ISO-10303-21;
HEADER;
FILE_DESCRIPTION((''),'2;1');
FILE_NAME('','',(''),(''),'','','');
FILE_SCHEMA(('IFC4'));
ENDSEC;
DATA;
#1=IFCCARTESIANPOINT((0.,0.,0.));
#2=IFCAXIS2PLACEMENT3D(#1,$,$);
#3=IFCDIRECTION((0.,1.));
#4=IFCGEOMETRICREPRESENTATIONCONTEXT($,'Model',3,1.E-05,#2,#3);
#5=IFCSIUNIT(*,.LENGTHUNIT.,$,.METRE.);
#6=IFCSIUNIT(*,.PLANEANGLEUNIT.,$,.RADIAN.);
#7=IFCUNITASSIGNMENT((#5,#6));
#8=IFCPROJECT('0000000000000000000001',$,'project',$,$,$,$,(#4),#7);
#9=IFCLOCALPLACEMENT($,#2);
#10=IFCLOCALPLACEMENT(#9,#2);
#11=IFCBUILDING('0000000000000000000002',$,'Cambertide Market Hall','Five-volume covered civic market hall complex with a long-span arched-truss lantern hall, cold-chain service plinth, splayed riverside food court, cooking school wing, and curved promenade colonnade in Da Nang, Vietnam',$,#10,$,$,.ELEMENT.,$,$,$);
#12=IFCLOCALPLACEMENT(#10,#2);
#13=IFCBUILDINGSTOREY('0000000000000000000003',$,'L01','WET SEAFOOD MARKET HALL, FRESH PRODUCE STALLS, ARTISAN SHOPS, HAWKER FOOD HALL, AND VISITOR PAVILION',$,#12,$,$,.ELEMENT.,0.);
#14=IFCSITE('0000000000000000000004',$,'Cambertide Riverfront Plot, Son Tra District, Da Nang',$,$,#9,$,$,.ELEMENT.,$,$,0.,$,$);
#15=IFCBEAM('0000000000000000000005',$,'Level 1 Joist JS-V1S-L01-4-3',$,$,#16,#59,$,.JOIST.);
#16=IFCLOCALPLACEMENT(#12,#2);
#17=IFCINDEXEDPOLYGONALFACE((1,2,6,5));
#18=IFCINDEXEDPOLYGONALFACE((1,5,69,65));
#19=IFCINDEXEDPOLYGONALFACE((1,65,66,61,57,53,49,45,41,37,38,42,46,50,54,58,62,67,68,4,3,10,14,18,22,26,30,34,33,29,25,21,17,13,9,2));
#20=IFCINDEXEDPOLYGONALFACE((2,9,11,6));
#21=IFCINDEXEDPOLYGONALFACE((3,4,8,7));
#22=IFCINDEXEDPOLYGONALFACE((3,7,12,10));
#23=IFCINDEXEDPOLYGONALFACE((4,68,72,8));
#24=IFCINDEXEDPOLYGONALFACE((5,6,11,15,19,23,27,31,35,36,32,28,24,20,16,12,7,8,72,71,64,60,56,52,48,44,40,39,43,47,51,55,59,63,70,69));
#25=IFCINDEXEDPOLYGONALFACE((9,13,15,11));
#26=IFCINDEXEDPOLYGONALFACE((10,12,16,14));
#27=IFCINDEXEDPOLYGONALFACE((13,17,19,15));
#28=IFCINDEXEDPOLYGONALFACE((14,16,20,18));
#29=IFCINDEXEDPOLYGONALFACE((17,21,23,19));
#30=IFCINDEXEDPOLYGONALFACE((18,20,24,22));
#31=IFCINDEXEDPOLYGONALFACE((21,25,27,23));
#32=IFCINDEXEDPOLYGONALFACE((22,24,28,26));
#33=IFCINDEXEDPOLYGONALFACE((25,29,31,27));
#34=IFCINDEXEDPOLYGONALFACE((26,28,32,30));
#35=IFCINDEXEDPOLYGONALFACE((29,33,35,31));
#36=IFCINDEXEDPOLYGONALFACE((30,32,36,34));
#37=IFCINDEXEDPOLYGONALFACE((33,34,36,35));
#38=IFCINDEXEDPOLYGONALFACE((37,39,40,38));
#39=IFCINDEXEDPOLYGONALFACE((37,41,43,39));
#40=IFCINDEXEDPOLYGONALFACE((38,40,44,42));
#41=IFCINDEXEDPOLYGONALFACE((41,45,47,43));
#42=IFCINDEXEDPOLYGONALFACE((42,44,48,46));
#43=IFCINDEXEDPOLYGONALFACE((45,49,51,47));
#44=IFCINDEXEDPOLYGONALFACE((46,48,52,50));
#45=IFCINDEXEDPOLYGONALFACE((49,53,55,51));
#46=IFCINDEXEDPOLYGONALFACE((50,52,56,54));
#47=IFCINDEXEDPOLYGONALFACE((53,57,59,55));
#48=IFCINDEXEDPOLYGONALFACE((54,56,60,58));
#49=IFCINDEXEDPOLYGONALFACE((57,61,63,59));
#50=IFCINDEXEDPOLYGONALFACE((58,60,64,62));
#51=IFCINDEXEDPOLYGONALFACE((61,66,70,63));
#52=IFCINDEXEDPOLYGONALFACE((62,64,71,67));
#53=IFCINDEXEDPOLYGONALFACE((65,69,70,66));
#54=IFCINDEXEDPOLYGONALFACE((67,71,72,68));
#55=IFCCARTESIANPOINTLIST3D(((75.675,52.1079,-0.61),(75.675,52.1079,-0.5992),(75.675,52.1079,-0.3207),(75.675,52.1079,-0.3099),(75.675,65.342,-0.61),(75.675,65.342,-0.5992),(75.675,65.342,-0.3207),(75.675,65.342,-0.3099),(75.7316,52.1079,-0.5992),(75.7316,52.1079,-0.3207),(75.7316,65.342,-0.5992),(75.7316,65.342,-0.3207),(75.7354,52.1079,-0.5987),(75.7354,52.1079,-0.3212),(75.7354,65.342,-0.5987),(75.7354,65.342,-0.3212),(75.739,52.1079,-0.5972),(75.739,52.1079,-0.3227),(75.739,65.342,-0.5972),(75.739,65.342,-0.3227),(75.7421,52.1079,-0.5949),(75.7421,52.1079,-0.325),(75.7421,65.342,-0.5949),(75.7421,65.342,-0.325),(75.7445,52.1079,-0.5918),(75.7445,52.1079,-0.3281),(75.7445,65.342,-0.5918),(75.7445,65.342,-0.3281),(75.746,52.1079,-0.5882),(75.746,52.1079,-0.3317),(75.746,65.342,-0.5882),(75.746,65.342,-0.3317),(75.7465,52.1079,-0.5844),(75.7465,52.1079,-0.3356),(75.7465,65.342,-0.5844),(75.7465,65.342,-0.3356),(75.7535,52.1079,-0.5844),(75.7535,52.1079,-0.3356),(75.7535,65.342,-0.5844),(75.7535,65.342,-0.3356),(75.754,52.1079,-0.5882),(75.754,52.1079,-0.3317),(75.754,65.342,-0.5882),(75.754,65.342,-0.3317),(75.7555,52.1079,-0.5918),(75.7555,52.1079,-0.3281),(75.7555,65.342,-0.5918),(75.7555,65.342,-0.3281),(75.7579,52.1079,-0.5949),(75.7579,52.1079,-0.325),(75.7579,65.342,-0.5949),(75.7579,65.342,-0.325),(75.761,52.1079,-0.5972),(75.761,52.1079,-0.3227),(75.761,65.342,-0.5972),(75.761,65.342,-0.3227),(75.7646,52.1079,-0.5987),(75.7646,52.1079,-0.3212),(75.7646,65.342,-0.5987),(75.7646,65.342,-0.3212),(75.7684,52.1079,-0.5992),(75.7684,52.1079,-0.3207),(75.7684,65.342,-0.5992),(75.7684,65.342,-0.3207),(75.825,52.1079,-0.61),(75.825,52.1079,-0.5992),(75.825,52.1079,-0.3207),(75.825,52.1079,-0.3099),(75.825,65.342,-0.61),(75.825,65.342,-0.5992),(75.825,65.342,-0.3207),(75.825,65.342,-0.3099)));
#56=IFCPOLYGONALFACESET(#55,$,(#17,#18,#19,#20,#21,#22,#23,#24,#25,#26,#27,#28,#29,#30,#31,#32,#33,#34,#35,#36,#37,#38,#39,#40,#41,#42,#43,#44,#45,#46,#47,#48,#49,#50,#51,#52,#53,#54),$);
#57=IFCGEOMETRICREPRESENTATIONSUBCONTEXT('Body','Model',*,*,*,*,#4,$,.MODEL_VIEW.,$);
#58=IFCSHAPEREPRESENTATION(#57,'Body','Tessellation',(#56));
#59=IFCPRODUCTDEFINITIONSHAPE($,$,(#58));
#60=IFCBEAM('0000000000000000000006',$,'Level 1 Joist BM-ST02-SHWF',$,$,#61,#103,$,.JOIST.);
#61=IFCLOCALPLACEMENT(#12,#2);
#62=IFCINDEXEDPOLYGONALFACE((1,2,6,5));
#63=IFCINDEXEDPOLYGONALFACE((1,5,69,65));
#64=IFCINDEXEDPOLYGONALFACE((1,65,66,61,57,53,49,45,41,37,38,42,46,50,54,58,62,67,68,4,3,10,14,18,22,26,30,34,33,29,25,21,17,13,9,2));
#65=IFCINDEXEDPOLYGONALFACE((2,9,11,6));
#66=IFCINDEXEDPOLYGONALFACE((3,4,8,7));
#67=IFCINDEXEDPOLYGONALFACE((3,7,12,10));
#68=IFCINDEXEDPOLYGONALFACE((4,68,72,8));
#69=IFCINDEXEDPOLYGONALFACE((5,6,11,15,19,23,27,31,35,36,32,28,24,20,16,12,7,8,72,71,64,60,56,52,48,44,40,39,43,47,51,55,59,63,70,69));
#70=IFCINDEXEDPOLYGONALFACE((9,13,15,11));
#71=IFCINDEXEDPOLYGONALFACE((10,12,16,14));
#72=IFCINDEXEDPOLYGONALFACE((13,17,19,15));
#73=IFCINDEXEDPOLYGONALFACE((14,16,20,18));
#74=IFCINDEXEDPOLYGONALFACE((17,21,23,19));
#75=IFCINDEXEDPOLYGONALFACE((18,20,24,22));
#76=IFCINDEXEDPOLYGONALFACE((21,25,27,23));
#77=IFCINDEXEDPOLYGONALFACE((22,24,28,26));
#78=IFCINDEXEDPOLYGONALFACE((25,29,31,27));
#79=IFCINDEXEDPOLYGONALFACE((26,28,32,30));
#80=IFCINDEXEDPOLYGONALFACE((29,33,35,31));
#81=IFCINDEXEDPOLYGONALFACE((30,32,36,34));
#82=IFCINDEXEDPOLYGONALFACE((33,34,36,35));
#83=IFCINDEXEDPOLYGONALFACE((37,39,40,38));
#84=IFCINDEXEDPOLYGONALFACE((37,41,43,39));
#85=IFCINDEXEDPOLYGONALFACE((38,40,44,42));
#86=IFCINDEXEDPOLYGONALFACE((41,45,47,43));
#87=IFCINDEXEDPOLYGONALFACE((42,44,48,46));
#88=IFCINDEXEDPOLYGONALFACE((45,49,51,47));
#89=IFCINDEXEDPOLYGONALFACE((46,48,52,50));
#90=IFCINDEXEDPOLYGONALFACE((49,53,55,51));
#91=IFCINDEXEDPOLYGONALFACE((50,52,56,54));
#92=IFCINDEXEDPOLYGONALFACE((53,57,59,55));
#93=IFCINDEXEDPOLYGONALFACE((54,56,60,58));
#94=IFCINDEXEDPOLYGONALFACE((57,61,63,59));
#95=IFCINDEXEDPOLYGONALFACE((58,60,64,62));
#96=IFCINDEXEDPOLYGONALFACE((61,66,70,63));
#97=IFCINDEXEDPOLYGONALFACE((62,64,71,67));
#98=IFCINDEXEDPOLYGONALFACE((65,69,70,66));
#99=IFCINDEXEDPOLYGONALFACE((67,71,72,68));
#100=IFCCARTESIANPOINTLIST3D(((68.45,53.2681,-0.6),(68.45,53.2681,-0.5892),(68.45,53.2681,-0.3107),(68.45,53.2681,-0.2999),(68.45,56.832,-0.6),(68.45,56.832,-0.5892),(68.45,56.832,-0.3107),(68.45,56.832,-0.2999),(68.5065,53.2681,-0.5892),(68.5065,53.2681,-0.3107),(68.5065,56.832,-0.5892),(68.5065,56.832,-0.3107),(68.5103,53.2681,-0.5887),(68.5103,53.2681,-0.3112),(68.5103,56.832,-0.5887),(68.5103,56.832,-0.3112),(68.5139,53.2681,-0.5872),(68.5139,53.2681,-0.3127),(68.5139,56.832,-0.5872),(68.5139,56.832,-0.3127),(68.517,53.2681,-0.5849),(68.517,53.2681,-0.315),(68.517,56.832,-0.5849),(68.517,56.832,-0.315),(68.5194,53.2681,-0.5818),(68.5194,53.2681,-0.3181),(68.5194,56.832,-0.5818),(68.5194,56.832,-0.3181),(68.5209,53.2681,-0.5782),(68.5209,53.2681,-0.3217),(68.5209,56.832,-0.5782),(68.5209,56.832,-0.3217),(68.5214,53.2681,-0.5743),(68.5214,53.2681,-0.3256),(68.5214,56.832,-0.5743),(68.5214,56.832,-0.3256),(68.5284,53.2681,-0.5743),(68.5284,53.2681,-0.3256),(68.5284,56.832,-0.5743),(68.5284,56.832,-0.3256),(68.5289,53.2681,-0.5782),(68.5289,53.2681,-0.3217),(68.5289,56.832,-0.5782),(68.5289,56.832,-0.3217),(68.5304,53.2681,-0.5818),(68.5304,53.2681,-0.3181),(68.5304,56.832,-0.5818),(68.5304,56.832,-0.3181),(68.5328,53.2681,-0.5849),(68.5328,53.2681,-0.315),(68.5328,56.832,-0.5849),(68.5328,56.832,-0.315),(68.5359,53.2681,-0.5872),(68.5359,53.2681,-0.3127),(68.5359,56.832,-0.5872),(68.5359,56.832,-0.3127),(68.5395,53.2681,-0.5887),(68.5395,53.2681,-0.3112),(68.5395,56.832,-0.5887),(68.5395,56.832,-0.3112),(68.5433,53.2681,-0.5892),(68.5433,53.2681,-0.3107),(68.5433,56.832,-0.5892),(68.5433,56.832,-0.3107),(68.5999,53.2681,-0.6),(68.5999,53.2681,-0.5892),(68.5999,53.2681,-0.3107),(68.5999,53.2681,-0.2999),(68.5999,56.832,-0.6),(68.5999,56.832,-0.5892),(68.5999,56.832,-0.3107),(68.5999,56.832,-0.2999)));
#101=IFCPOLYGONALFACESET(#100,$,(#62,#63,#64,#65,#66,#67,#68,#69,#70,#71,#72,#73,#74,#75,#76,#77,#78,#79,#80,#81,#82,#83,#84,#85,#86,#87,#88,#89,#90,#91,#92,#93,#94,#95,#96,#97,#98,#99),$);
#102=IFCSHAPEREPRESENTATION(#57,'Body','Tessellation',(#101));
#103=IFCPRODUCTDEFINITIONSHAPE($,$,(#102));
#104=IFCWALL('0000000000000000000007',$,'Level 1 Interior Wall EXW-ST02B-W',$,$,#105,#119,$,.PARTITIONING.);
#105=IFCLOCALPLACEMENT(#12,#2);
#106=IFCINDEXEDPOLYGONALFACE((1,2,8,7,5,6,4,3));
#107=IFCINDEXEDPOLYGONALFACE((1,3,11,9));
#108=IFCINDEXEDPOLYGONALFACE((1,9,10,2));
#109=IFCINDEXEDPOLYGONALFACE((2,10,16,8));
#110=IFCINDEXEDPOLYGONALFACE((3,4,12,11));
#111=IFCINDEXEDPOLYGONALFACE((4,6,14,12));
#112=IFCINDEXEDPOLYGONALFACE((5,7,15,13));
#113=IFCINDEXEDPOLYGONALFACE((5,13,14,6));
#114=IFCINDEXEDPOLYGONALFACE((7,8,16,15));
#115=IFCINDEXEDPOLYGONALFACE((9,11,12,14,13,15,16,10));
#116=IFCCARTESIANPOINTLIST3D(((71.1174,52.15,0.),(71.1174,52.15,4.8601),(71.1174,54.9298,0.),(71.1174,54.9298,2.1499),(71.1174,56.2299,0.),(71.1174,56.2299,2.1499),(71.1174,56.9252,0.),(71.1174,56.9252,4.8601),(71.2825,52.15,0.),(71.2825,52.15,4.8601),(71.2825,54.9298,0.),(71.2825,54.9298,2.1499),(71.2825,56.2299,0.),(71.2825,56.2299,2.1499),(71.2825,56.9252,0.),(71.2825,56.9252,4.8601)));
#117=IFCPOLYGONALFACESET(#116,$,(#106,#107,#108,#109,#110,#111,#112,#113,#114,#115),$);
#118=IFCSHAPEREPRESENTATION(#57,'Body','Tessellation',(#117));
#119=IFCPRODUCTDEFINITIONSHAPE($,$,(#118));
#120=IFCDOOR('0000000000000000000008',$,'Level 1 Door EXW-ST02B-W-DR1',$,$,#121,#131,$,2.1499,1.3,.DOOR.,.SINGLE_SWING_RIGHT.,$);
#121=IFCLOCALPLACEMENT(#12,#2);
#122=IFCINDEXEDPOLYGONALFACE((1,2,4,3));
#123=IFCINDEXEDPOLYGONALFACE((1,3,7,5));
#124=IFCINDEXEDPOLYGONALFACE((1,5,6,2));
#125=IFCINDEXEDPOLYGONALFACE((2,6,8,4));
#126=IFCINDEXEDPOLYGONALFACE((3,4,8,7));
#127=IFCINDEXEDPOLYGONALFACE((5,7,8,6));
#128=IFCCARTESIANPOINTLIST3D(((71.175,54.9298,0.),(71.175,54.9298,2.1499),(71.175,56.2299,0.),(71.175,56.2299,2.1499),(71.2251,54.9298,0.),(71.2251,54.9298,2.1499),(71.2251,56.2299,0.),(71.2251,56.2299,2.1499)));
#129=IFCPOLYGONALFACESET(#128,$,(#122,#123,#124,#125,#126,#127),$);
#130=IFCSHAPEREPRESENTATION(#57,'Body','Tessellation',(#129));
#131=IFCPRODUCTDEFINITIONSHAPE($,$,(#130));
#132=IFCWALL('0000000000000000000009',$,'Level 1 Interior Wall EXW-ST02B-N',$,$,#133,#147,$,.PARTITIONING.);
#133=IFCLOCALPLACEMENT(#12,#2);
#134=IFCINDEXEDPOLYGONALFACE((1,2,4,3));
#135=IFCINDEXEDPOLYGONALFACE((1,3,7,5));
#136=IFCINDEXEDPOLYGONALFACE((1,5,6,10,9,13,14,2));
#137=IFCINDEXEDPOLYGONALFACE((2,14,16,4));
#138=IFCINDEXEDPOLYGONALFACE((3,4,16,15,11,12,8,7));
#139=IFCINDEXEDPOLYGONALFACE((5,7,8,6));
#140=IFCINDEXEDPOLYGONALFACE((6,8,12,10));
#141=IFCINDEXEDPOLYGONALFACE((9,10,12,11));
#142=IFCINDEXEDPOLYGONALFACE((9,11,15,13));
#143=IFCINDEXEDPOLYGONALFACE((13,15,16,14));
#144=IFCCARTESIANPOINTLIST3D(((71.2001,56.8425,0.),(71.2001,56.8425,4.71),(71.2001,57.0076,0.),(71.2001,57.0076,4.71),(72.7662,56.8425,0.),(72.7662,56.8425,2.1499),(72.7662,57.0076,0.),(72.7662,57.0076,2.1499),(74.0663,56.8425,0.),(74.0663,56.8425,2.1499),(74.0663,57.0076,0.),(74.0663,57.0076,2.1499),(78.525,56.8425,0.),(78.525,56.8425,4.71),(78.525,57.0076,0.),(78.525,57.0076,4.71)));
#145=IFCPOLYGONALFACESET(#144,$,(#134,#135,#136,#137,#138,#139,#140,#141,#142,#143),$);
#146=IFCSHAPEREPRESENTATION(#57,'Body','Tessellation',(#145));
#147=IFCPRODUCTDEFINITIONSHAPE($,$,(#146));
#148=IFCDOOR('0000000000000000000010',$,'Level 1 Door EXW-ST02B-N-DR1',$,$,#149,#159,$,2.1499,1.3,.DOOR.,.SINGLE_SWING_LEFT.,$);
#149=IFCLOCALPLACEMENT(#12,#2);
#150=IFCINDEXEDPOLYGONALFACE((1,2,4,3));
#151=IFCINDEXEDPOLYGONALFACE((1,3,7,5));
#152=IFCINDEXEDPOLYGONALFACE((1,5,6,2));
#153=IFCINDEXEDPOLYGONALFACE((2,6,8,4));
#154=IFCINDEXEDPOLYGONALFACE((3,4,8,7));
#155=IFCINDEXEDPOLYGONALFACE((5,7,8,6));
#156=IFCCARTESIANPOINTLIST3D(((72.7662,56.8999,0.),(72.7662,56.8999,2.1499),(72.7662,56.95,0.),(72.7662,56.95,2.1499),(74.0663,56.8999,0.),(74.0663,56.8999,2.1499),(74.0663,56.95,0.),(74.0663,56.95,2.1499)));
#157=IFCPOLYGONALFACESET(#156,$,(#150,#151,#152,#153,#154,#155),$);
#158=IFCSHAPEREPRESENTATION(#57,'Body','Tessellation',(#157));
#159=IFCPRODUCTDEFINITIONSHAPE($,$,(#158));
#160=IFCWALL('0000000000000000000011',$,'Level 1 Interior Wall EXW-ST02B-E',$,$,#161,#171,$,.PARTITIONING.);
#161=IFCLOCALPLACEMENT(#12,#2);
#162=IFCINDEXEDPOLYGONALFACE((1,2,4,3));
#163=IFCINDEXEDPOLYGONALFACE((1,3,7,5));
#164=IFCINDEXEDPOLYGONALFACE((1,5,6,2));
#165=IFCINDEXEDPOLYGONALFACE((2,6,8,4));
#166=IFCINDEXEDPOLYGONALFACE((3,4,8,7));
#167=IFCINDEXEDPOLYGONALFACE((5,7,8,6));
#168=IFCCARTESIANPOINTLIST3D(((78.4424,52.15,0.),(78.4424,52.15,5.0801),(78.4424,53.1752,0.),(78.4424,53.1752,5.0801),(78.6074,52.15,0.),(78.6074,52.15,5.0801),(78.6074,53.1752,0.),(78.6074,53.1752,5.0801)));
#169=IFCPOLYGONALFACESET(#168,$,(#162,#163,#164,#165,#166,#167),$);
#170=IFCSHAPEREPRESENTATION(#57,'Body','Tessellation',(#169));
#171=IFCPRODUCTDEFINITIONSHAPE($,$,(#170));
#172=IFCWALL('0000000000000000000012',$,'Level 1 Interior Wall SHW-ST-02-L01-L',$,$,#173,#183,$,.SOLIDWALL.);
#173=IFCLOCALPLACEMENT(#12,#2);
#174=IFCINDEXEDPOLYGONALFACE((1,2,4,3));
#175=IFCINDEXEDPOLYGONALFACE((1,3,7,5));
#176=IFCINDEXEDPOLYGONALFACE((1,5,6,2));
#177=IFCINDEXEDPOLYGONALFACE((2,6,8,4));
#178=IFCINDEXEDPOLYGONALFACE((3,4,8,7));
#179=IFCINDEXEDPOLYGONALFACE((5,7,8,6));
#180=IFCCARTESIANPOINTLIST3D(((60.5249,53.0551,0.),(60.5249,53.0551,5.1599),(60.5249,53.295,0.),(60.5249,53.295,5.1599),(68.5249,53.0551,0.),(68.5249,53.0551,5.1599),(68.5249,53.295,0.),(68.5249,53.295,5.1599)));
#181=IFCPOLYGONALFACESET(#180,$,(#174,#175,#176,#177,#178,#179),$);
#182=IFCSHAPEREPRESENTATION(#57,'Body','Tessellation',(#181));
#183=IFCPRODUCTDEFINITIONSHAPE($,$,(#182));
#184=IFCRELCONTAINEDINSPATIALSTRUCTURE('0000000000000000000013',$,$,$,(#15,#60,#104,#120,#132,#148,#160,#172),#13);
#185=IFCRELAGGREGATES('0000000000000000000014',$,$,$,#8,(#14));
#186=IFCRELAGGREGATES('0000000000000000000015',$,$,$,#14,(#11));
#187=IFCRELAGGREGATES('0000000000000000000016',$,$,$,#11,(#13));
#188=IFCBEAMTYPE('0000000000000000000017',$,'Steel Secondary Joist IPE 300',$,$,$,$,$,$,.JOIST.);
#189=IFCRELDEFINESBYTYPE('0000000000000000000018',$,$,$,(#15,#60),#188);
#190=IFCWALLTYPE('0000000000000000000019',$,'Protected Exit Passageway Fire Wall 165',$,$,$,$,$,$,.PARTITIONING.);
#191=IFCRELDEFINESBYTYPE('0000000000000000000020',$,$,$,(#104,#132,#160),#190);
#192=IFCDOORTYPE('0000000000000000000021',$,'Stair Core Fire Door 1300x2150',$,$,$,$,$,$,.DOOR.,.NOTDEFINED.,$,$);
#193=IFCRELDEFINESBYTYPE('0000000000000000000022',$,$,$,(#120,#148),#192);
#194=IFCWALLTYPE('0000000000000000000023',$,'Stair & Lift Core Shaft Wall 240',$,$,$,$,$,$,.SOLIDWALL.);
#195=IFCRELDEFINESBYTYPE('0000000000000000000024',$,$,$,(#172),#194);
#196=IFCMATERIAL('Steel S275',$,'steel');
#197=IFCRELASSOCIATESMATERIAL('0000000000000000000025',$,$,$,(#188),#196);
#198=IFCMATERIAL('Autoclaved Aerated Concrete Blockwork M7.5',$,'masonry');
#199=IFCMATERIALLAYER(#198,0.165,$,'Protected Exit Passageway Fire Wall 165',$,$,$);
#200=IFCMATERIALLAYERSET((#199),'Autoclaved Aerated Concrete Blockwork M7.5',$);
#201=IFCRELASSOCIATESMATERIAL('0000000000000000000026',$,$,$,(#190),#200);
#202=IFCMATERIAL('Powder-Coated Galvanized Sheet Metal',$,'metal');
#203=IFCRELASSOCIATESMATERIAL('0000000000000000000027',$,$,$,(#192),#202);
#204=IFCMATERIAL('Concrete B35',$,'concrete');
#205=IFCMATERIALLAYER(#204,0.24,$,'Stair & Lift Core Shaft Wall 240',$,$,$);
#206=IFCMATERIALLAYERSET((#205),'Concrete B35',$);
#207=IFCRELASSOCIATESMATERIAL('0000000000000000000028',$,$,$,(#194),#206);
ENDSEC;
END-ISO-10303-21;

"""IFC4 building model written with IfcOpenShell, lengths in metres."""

from ifc_helpers import new_model, si_unit, direction, frame, frame_2d, origin, origin_2d, place, context, subcontext, project, spatial, rectangle, i_section, extrude, material, layer, layer_set, material_profile, profile_set, type_object, element, fill, save


model = new_model("IFC4")

# Units and contexts
model_context = context("Model", 3, precision=1e-05, world=origin(), true_north=direction((0.0, 1.0)))
body_context = subcontext(model_context, "Body", "Model", "MODEL_VIEW")
ifc_project = project(units=[si_unit("LENGTHUNIT", "METRE"), si_unit("PLANEANGLEUNIT", "RADIAN")], contexts=[model_context])

# Site, building, storey
site_placement = place(None, origin())
site = spatial("IfcSite", under=ifc_project, at=site_placement, Name="Cambertide Riverfront Plot, Son Tra District, Da Nang", CompositionType="ELEMENT", RefElevation=0.0)
building_placement = place(site_placement, origin())
building = spatial("IfcBuilding", under=site, at=building_placement, Name="Cambertide Market Hall", Description="Five-volume covered civic market hall complex with a long-span arched-truss lantern hall, cold-chain service plinth, splayed riverside food court, cooking school wing, and curved promenade colonnade in Da Nang, Vietnam", CompositionType="ELEMENT")
storey_placement = place(building_placement, origin())
storey = spatial("IfcBuildingStorey", under=building, at=storey_placement, Name="L01", Description="WET SEAFOOD MARKET HALL, FRESH PRODUCE STALLS, ARTISAN SHOPS, HAWKER FOOD HALL, AND VISITOR PAVILION", CompositionType="ELEMENT", Elevation=0.0)

# Beams
ifc_material_1 = material(Name="Steel S275", Category="steel")
ifc_material_profile_1 = material_profile(ifc_material_1, i_section(OverallWidth=0.1499, OverallDepth=0.3, WebThickness=0.0071, FlangeThickness=0.0107, FilletRadius=0.0149, at=origin_2d()), Name="IPE 300")
ifc_profile_set_1 = profile_set([ifc_material_profile_1], Name="Steel S275")
beam_type_1 = type_object("IfcBeamType", Name="Steel Secondary Joist IPE 300", PredefinedType="JOIST", material=ifc_profile_set_1)
for number, where, z_axis, x_axis, name in (
    (1, (75.75, 52.1079, -0.46), (0.0, 1.0, 0.0), (-1.0, 0.0, 0.0), "Level 1 Joist JS-V1S-L01-4-3"),
):
    element("IfcBeam", number, at=place(storey_placement, frame(where, z_axis=z_axis, x_axis=x_axis)), inside=storey, type_object=beam_type_1, Name=name, PredefinedType="JOIST", context=body_context, shape_type="SweptSolid", body=[
        extrude(i_section(OverallWidth=0.1499, OverallDepth=0.3, WebThickness=0.0071, FlangeThickness=0.0107, FilletRadius=0.0149, at=origin_2d()), origin(), (0.0, 0.0, 1.0), 13.2341),
    ])
beam_placement = place(storey_placement, frame((68.5249, 53.2681, -0.45), z_axis=(0.0, 1.0, 0.0), x_axis=(-1.0, 0.0, 0.0)))
element("IfcBeam", 2, at=beam_placement, inside=storey, type_object=beam_type_1, Name="Level 1 Joist BM-ST02-SHWF", PredefinedType="JOIST", context=body_context, shape_type="SweptSolid", body=[
    extrude(i_section(OverallWidth=0.1499, OverallDepth=0.3, WebThickness=0.0071, FlangeThickness=0.0107, FilletRadius=0.0149, at=origin_2d()), origin(), (0.0, 0.0, 1.0), 3.564),
])

# Walls, openings, doors
ifc_material_2 = material(Name="Autoclaved Aerated Concrete Blockwork M7.5", Category="masonry")
ifc_layer_1 = layer(ifc_material_2, 0.165, Name="Protected Exit Passageway Fire Wall 165")
ifc_layer_set_1 = layer_set([ifc_layer_1], Name="Autoclaved Aerated Concrete Blockwork M7.5")
wall_type_1 = type_object("IfcWallType", Name="Protected Exit Passageway Fire Wall 165", PredefinedType="PARTITIONING", material=ifc_layer_set_1)
wall_1_placement = place(storey_placement, frame((71.2, 52.1499, 0.0), z_axis=(0.0, 0.0, 1.0), x_axis=(0.0, 1.0, 0.0)))
wall_1 = element("IfcWall", 3, at=wall_1_placement, inside=storey, type_object=wall_type_1, Name="Level 1 Interior Wall EXW-ST02B-W", PredefinedType="PARTITIONING", context=body_context, shape_type="SweptSolid", body=[
    extrude(rectangle(XDim=4.7751, YDim=0.165, at=frame_2d((2.3877, 0.0))), origin(), (0.0, 0.0, 1.0), 4.8601),
])
opening_1_placement = place(wall_1_placement, frame((2.78, 0.0, 0.0)))
opening_1 = element("IfcOpeningElement", 4, at=opening_1_placement, cuts=wall_1, PredefinedType="OPENING", context=body_context, shape_type="SweptSolid", body=[
    extrude(rectangle(XDim=1.3, YDim=2.1499, at=frame_2d((0.6499, 1.075))), frame((0.0, 0.0925, 0.0), z_axis=(0.0, -1.0, 0.0), x_axis=(1.0, 0.0, 0.0)), (0.0, 0.0, 1.0), 0.1851),
])
ifc_material_3 = material(Name="Powder-Coated Galvanized Sheet Metal", Category="metal")
door_type = type_object("IfcDoorType", Name="Stair Core Fire Door 1300x2150", OperationType="NOTDEFINED", PredefinedType="DOOR", material=ifc_material_3)
door_1_placement = place(opening_1_placement, origin())
door_1 = element("IfcDoor", 5, at=door_1_placement, inside=storey, type_object=door_type, Name="Level 1 Door EXW-ST02B-W-DR1", OperationType="SINGLE_SWING_RIGHT", OverallHeight=2.1499, OverallWidth=1.3, PredefinedType="DOOR", context=body_context, shape_type="SweptSolid", body=[
    extrude(rectangle(XDim=1.3, YDim=2.1499, at=frame_2d((0.6499, 1.075))), frame((0.0, 0.0249, 0.0), z_axis=(0.0, -1.0, 0.0), x_axis=(1.0, 0.0, 0.0)), (0.0, 0.0, 1.0), 0.05),
])
fill(opening_1, door_1)
wall_2_placement = place(storey_placement, frame((71.2, 56.925, 0.0), z_axis=(0.0, 0.0, 1.0), x_axis=(1.0, 0.0, 0.0)))
wall_2 = element("IfcWall", 6, at=wall_2_placement, inside=storey, type_object=wall_type_1, Name="Level 1 Interior Wall EXW-ST02B-N", PredefinedType="PARTITIONING", context=body_context, shape_type="SweptSolid", body=[
    extrude(rectangle(XDim=7.325, YDim=0.165, at=frame_2d((3.6626, 0.0))), origin(), (0.0, 0.0, 1.0), 4.71),
])
opening_2_placement = place(wall_2_placement, frame((1.5664, 0.0, 0.0)))
opening_2 = element("IfcOpeningElement", 7, at=opening_2_placement, cuts=wall_2, PredefinedType="OPENING", context=body_context, shape_type="SweptSolid", body=[
    extrude(rectangle(XDim=1.3, YDim=2.1499, at=frame_2d((0.6499, 1.075))), frame((0.0, 0.0925, 0.0), z_axis=(0.0, -1.0, 0.0), x_axis=(1.0, 0.0, 0.0)), (0.0, 0.0, 1.0), 0.1851),
])
door_2_placement = place(opening_2_placement, origin())
door_2 = element("IfcDoor", 8, at=door_2_placement, inside=storey, type_object=door_type, Name="Level 1 Door EXW-ST02B-N-DR1", OperationType="SINGLE_SWING_LEFT", OverallHeight=2.1499, OverallWidth=1.3, PredefinedType="DOOR", context=body_context, shape_type="SweptSolid", body=[
    extrude(rectangle(XDim=1.3, YDim=2.1499, at=frame_2d((0.6499, 1.075))), frame((0.0, 0.0249, 0.0), z_axis=(0.0, -1.0, 0.0), x_axis=(1.0, 0.0, 0.0)), (0.0, 0.0, 1.0), 0.05),
])
fill(opening_2, door_2)

# Walls
wall_3_placement = place(storey_placement, frame((78.5249, 52.1499, 0.0), z_axis=(0.0, 0.0, 1.0), x_axis=(0.0, 1.0, 0.0)))
element("IfcWall", 9, at=wall_3_placement, inside=storey, type_object=wall_type_1, Name="Level 1 Interior Wall EXW-ST02B-E", PredefinedType="PARTITIONING", context=body_context, shape_type="SweptSolid", body=[
    extrude(rectangle(XDim=1.0251, YDim=0.165, at=frame_2d((0.5127, 0.0))), origin(), (0.0, 0.0, 1.0), 5.0801),
])
ifc_material_4 = material(Name="Concrete B35", Category="concrete")
ifc_layer_2 = layer(ifc_material_4, 0.24, Name="Stair & Lift Core Shaft Wall 240")
ifc_layer_set_2 = layer_set([ifc_layer_2], Name="Concrete B35")
wall_type_2 = type_object("IfcWallType", Name="Stair & Lift Core Shaft Wall 240", PredefinedType="SOLIDWALL", material=ifc_layer_set_2)
wall_4_placement = place(storey_placement, frame((68.5249, 53.175, 0.0), z_axis=(0.0, 0.0, 1.0), x_axis=(-1.0, 0.0, 0.0)))
element("IfcWall", 10, at=wall_4_placement, inside=storey, type_object=wall_type_2, Name="Level 1 Interior Wall SHW-ST-02-L01-L", PredefinedType="SOLIDWALL", context=body_context, shape_type="SweptSolid", body=[
    extrude(rectangle(XDim=8.0, YDim=0.24, at=frame_2d((4.0, 0.0))), origin(), (0.0, 0.0, 1.0), 5.1599),
])

save(model, "model.ifc")
